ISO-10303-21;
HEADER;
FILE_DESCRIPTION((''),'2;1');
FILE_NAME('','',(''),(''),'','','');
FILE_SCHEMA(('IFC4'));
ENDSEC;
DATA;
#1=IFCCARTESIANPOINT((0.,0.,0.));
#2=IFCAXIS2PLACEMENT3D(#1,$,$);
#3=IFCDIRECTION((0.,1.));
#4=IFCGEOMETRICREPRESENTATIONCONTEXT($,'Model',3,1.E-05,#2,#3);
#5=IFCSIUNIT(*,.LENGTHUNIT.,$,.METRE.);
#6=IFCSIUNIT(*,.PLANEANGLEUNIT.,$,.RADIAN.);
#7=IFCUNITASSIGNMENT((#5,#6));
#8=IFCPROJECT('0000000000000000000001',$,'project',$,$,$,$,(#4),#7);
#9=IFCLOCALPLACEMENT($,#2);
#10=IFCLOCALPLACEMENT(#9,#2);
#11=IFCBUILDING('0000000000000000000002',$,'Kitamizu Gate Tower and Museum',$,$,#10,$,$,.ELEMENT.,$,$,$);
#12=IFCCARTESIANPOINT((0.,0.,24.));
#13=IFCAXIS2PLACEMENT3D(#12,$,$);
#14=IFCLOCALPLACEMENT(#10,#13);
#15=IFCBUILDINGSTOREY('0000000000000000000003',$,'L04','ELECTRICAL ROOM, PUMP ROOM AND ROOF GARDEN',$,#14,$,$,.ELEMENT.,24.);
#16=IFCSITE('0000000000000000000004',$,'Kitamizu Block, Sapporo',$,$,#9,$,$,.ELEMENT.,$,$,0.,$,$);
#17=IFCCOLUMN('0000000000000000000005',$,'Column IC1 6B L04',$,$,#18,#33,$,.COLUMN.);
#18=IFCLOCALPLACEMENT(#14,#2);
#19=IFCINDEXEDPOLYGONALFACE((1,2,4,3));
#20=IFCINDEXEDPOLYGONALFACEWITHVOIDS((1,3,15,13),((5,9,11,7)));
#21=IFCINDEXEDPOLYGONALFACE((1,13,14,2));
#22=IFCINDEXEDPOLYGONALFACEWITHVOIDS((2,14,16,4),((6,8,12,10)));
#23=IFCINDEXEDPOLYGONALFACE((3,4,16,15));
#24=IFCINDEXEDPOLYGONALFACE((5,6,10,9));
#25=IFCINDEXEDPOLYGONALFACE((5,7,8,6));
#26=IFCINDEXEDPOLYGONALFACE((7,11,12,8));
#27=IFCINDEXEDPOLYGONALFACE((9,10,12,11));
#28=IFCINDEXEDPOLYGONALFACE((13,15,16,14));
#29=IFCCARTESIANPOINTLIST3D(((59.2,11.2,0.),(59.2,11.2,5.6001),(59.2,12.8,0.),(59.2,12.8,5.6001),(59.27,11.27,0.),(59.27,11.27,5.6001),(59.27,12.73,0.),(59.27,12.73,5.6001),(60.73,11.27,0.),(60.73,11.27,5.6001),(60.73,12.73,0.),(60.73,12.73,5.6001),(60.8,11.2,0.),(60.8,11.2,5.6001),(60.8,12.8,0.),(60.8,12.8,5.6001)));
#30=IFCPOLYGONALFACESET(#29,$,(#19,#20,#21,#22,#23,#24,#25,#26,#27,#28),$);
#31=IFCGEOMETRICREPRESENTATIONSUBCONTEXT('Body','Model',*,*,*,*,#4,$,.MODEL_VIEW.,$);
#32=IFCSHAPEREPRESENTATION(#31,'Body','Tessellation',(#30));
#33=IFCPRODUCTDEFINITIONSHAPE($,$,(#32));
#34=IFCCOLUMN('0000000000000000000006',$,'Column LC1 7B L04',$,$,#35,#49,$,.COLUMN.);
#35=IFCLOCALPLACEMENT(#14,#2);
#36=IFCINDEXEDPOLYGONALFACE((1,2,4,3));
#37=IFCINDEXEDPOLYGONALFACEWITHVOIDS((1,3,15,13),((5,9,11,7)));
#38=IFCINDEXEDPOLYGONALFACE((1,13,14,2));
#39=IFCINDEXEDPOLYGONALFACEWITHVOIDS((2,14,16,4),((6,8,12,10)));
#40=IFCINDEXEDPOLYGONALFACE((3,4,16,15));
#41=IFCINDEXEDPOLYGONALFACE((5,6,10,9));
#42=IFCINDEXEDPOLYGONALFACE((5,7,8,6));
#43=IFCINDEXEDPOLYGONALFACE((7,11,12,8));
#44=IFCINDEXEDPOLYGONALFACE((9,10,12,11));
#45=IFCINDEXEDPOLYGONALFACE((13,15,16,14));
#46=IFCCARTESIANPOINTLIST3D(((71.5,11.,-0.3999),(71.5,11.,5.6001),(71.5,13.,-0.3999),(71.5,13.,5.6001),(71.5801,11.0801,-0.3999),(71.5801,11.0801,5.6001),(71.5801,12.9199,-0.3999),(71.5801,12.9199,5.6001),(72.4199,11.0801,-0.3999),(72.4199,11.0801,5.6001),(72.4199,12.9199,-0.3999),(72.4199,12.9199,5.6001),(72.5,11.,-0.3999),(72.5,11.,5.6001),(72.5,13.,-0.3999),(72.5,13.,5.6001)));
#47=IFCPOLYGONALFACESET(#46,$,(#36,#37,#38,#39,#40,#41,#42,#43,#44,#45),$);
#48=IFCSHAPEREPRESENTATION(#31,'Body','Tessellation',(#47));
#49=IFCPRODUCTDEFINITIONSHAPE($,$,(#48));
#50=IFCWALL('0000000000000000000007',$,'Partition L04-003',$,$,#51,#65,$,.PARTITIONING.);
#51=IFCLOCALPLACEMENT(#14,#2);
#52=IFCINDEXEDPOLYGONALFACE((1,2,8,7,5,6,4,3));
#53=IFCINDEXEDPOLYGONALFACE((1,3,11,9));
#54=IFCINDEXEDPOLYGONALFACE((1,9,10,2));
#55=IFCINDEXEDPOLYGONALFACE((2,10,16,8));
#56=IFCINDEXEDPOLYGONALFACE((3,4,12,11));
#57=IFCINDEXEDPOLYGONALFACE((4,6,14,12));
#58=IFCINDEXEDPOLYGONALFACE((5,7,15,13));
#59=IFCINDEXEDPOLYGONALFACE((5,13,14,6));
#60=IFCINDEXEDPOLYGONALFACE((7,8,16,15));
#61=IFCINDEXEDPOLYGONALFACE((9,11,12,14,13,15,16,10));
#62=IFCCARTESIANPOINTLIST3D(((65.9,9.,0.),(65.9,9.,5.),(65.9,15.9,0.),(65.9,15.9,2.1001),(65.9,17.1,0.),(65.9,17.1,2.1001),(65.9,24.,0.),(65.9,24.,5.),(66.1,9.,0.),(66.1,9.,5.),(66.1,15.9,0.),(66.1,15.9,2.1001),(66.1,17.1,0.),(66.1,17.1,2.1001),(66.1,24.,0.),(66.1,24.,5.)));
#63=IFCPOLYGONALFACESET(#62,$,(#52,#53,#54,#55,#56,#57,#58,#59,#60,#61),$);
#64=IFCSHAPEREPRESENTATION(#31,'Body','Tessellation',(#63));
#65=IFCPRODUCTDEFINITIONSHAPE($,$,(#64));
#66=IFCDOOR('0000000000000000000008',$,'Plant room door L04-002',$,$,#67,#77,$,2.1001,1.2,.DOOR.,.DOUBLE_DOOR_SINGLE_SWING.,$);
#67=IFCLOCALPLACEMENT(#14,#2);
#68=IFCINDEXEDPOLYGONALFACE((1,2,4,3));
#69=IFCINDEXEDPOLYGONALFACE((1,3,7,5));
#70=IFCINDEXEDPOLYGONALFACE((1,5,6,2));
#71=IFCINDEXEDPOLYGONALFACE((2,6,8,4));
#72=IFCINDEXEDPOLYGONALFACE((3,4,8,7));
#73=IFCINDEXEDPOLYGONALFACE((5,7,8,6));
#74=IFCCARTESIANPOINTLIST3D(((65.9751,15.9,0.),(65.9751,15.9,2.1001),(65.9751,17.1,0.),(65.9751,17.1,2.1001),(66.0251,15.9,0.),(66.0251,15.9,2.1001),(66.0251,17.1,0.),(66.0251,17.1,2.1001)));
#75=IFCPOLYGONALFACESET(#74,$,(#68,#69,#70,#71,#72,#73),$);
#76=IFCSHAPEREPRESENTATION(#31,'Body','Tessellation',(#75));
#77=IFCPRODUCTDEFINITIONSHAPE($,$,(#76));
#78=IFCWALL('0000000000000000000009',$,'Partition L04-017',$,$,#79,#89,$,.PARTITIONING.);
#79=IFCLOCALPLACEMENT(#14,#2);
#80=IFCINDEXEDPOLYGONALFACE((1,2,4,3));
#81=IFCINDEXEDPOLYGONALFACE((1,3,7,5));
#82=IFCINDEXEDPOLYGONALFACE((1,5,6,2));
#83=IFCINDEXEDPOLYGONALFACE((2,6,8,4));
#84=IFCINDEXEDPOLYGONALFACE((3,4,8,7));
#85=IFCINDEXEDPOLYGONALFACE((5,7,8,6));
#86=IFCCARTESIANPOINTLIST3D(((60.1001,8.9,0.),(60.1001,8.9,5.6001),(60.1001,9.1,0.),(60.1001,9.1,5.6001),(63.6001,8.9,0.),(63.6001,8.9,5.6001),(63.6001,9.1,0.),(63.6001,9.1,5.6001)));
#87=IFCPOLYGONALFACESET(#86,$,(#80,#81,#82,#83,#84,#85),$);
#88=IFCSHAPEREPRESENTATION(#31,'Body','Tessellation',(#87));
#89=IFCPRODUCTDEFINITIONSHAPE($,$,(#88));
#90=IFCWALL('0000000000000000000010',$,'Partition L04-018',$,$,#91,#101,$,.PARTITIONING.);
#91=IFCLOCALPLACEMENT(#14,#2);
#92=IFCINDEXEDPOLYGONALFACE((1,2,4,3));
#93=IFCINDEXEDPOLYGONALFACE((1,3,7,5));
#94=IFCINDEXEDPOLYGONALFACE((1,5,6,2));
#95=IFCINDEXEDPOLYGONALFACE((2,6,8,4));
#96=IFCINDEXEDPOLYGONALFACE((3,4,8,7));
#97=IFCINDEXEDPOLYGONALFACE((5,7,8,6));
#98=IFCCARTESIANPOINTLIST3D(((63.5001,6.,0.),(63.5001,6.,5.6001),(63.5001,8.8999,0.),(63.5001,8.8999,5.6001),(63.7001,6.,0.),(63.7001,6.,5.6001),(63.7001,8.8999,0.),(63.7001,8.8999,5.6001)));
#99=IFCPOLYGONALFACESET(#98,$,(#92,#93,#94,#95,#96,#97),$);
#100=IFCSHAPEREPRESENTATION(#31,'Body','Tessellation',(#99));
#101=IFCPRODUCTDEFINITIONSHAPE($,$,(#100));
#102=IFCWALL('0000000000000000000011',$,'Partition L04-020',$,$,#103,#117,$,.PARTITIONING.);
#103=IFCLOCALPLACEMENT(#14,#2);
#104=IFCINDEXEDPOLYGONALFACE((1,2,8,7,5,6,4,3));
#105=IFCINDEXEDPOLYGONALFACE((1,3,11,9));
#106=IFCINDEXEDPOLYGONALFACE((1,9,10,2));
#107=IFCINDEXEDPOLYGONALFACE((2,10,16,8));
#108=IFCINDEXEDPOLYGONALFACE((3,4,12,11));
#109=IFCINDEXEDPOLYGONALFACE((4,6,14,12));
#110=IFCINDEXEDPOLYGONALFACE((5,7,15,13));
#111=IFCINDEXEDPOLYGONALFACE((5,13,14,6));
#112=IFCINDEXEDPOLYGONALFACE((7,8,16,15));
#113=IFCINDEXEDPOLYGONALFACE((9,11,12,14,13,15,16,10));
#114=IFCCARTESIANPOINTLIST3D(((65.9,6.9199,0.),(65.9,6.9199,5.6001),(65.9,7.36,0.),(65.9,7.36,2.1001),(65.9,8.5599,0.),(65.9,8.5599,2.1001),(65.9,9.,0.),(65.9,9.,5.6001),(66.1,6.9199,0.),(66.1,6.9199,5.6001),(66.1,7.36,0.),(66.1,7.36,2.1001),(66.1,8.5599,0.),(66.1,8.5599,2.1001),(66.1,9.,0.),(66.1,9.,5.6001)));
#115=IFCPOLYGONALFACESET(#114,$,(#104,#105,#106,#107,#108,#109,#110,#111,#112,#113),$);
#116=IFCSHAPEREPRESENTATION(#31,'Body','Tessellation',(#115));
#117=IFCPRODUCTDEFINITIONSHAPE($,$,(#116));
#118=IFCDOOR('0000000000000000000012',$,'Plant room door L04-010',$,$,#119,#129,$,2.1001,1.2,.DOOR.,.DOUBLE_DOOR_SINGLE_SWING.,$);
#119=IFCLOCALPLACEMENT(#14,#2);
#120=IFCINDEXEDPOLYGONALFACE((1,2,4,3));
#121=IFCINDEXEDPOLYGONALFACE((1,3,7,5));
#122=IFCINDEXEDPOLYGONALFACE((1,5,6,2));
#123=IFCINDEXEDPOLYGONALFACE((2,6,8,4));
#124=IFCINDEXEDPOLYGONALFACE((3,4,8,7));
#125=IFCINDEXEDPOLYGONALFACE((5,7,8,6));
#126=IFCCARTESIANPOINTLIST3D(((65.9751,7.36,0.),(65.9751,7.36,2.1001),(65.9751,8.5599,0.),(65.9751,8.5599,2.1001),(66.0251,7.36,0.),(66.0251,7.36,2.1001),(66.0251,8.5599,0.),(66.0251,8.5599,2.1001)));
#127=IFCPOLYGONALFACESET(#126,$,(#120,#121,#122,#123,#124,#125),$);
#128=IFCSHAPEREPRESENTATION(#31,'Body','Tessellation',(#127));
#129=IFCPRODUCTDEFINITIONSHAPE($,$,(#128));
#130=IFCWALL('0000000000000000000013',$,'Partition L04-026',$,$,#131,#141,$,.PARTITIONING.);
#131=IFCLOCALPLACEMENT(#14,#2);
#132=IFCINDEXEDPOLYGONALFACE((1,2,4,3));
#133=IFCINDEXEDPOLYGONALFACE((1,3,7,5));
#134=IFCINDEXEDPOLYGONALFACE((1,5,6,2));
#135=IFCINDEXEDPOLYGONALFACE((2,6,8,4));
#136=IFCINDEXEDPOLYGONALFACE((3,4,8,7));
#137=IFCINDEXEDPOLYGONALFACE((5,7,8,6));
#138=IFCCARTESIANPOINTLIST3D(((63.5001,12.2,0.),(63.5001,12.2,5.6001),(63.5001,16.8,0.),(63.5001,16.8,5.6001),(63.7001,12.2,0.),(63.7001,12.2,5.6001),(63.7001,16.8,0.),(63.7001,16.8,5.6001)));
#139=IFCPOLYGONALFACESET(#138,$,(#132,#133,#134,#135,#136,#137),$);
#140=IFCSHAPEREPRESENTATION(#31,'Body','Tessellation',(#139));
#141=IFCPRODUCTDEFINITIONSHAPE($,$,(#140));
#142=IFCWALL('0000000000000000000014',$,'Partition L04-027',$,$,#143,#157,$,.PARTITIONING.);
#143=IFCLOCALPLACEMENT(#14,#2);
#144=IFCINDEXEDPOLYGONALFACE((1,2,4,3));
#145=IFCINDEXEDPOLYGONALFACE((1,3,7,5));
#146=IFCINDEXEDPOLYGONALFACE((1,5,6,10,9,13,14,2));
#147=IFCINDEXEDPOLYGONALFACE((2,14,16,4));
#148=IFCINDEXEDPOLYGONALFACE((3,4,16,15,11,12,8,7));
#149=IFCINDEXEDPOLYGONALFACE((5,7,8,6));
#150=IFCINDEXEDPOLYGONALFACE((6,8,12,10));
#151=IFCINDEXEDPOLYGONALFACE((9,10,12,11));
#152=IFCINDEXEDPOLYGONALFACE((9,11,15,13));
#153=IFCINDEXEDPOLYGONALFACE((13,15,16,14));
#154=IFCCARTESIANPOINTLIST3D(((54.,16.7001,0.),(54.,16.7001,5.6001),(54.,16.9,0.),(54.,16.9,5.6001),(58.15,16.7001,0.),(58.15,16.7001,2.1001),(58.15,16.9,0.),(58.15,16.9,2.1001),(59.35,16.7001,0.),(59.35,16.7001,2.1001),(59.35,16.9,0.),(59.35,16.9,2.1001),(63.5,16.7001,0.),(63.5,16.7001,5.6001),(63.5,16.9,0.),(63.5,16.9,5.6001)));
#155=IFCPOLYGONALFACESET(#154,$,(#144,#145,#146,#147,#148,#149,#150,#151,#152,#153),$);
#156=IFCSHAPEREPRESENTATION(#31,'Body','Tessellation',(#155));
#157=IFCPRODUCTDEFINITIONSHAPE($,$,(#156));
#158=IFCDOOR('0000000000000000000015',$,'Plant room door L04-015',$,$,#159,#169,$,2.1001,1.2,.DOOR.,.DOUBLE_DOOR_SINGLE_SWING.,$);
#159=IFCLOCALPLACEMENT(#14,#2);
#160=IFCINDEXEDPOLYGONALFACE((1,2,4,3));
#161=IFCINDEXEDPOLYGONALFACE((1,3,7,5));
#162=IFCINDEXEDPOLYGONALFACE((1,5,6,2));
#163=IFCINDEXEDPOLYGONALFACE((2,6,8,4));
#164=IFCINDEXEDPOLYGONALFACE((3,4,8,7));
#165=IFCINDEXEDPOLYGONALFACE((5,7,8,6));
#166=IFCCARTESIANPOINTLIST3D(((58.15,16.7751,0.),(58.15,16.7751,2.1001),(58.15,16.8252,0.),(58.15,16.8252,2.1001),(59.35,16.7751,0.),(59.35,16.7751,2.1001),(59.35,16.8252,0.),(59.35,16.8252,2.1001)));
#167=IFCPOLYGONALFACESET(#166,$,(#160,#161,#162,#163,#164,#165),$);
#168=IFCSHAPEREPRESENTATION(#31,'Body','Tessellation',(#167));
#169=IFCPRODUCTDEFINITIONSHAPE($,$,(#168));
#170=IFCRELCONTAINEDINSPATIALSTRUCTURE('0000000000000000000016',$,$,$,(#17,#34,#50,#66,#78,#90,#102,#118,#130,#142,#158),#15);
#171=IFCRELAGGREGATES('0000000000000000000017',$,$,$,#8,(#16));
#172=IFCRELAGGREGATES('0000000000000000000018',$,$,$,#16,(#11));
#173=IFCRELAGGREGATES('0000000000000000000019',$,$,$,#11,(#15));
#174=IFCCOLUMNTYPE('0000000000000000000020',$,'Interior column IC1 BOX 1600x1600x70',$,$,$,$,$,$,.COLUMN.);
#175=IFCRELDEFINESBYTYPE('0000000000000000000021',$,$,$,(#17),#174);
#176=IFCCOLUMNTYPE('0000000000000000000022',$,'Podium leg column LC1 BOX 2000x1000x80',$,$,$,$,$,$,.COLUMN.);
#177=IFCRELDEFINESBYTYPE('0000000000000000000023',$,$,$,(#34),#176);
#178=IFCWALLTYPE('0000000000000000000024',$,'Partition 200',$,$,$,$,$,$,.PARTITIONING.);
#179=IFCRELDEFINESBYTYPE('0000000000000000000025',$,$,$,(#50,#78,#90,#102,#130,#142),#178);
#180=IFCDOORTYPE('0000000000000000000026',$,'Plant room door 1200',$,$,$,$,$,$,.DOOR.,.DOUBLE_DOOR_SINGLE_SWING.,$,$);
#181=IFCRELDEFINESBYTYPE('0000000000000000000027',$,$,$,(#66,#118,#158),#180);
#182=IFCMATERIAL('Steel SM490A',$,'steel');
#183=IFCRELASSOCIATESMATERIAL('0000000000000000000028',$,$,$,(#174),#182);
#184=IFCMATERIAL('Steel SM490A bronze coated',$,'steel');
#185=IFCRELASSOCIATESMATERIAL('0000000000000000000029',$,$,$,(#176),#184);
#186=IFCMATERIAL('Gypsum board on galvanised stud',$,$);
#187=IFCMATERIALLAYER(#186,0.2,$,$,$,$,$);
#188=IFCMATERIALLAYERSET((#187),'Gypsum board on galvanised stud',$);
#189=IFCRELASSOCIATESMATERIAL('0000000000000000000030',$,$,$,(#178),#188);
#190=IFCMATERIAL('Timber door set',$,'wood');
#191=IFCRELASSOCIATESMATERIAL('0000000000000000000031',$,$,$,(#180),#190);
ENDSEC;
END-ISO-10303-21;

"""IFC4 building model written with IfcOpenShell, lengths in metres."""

from ifc_helpers import new_model, si_unit, direction, frame, frame_2d, origin, origin_2d, place, context, subcontext, project, spatial, rectangle, hollow_rectangle, extrude, material, layer, layer_set, material_profile, profile_set, type_object, element, fill, save


model = new_model("IFC4")

# Units and contexts
model_context = context("Model", 3, precision=1e-05, world=origin(), true_north=direction((0.0, 1.0)))
body_context = subcontext(model_context, "Body", "Model", "MODEL_VIEW")
ifc_project = project(units=[si_unit("LENGTHUNIT", "METRE"), si_unit("PLANEANGLEUNIT", "RADIAN")], contexts=[model_context])

# Site, building, storey
site_placement = place(None, origin())
site = spatial("IfcSite", under=ifc_project, at=site_placement, Name="Kitamizu Block, Sapporo", CompositionType="ELEMENT", RefElevation=0.0)
building_placement = place(site_placement, origin())
building = spatial("IfcBuilding", under=site, at=building_placement, Name="Kitamizu Gate Tower and Museum", CompositionType="ELEMENT")
storey_placement = place(building_placement, frame((0.0, 0.0, 24.0)))
storey = spatial("IfcBuildingStorey", under=building, at=storey_placement, Name="L04", Description="ELECTRICAL ROOM, PUMP ROOM AND ROOF GARDEN", CompositionType="ELEMENT", Elevation=24.0)

# Columns
ifc_material_1 = material(Name="Steel SM490A", Category="steel")
ifc_material_profile_1 = material_profile(ifc_material_1, hollow_rectangle(XDim=1.6001, YDim=1.6001, WallThickness=0.0701, at=origin_2d()), Name="BOX 1600x1600x70")
ifc_profile_set_1 = profile_set([ifc_material_profile_1], Name="Steel SM490A")
column_type_1 = type_object("IfcColumnType", Name="Interior column IC1 BOX 1600x1600x70", PredefinedType="COLUMN", material=ifc_profile_set_1)
column_1_placement = place(storey_placement, frame((60.0, 12.0, 0.0), z_axis=(0.0, 0.0, 1.0), x_axis=(1.0, 0.0, 0.0)))
element("IfcColumn", 1, at=column_1_placement, inside=storey, type_object=column_type_1, Name="Column IC1 6B L04", PredefinedType="COLUMN", context=body_context, shape_type="SweptSolid", body=[
    extrude(hollow_rectangle(XDim=1.6001, YDim=1.6001, WallThickness=0.0701, at=origin_2d()), origin(), (0.0, 0.0, 1.0), 5.6001),
])
ifc_material_2 = material(Name="Steel SM490A bronze coated", Category="steel")
ifc_material_profile_2 = material_profile(ifc_material_2, hollow_rectangle(XDim=2.0, YDim=1.0, WallThickness=0.0801, at=origin_2d()), Name="BOX 2000x1000x80")
ifc_profile_set_2 = profile_set([ifc_material_profile_2], Name="Steel SM490A bronze coated")
column_type_2 = type_object("IfcColumnType", Name="Podium leg column LC1 BOX 2000x1000x80", PredefinedType="COLUMN", material=ifc_profile_set_2)
column_2_placement = place(storey_placement, frame((72.0, 12.0, -0.3999), z_axis=(0.0, 0.0, 1.0), x_axis=(0.0, 1.0, 0.0)))
element("IfcColumn", 2, at=column_2_placement, inside=storey, type_object=column_type_2, Name="Column LC1 7B L04", PredefinedType="COLUMN", context=body_context, shape_type="SweptSolid", body=[
    extrude(hollow_rectangle(XDim=2.0, YDim=1.0, WallThickness=0.0801, at=origin_2d()), origin(), (0.0, 0.0, 1.0), 6.0),
])

# Wall, opening, door
ifc_material_3 = material(Name="Gypsum board on galvanised stud")
ifc_layer = layer(ifc_material_3, 0.2)
ifc_layer_set = layer_set([ifc_layer], Name="Gypsum board on galvanised stud")
wall_type = type_object("IfcWallType", Name="Partition 200", PredefinedType="PARTITIONING", material=ifc_layer_set)
wall_1_placement = place(storey_placement, frame((66.0, 9.0, 0.0), z_axis=(0.0, 0.0, 1.0), x_axis=(0.0, 1.0, 0.0)))
wall_1 = element("IfcWall", 3, at=wall_1_placement, inside=storey, type_object=wall_type, Name="Partition L04-003", PredefinedType="PARTITIONING", context=body_context, shape_type="SweptSolid", body=[
    extrude(rectangle(XDim=15.0, YDim=0.2, at=frame_2d((7.5, 0.0))), origin(), (0.0, 0.0, 1.0), 5.0),
])
opening_1_placement = place(wall_1_placement, frame((6.8999, 0.0, 0.0)))
opening_1 = element("IfcOpeningElement", 4, at=opening_1_placement, cuts=wall_1, PredefinedType="OPENING", context=body_context, shape_type="SweptSolid", body=[
    extrude(rectangle(XDim=1.2, YDim=2.1001, at=frame_2d((0.6001, 1.05))), frame((0.0, 0.1099, 0.0), z_axis=(0.0, -1.0, 0.0), x_axis=(1.0, 0.0, 0.0)), (0.0, 0.0, 1.0), 0.22),
])
ifc_material_4 = material(Name="Timber door set", Category="wood")
door_type = type_object("IfcDoorType", Name="Plant room door 1200", OperationType="DOUBLE_DOOR_SINGLE_SWING", PredefinedType="DOOR", material=ifc_material_4)
door_1_placement = place(opening_1_placement, origin())
door_1 = element("IfcDoor", 5, at=door_1_placement, inside=storey, type_object=door_type, Name="Plant room door L04-002", OperationType="DOUBLE_DOOR_SINGLE_SWING", OverallHeight=2.1001, OverallWidth=1.2, PredefinedType="DOOR", context=body_context, shape_type="SweptSolid", body=[
    extrude(rectangle(XDim=1.2, YDim=2.1001, at=frame_2d((0.6001, 1.05))), frame((0.0, 0.0249, 0.0), z_axis=(0.0, -1.0, 0.0), x_axis=(1.0, 0.0, 0.0)), (0.0, 0.0, 1.0), 0.05),
])
fill(opening_1, door_1)

# Walls
wall_2_placement = place(storey_placement, frame((60.1001, 9.0, 0.0), z_axis=(0.0, 0.0, 1.0), x_axis=(1.0, 0.0, 0.0)))
element("IfcWall", 6, at=wall_2_placement, inside=storey, type_object=wall_type, Name="Partition L04-017", PredefinedType="PARTITIONING", context=body_context, shape_type="SweptSolid", body=[
    extrude(rectangle(XDim=3.5, YDim=0.2, at=frame_2d((1.75, 0.0))), origin(), (0.0, 0.0, 1.0), 5.6001),
])
wall_3_placement = place(storey_placement, frame((63.6001, 8.8999, 0.0), z_axis=(0.0, 0.0, 1.0), x_axis=(0.0, -1.0, 0.0)))
element("IfcWall", 7, at=wall_3_placement, inside=storey, type_object=wall_type, Name="Partition L04-018", PredefinedType="PARTITIONING", context=body_context, shape_type="SweptSolid", body=[
    extrude(rectangle(XDim=2.8999, YDim=0.2, at=frame_2d((1.45, 0.0))), origin(), (0.0, 0.0, 1.0), 5.6001),
])

# Wall, opening, door
wall_4_placement = place(storey_placement, frame((66.0, 6.9199, 0.0), z_axis=(0.0, 0.0, 1.0), x_axis=(0.0, 1.0, 0.0)))
wall_4 = element("IfcWall", 8, at=wall_4_placement, inside=storey, type_object=wall_type, Name="Partition L04-020", PredefinedType="PARTITIONING", context=body_context, shape_type="SweptSolid", body=[
    extrude(rectangle(XDim=2.0801, YDim=0.2, at=frame_2d((1.04, 0.0))), origin(), (0.0, 0.0, 1.0), 5.6001),
])
opening_2_placement = place(wall_4_placement, frame((0.4399, 0.0, 0.0)))
opening_2 = element("IfcOpeningElement", 9, at=opening_2_placement, cuts=wall_4, PredefinedType="OPENING", context=body_context, shape_type="SweptSolid", body=[
    extrude(rectangle(XDim=1.2, YDim=2.1001, at=frame_2d((0.6001, 1.05))), frame((0.0, 0.1099, 0.0), z_axis=(0.0, -1.0, 0.0), x_axis=(1.0, 0.0, 0.0)), (0.0, 0.0, 1.0), 0.22),
])
door_2_placement = place(opening_2_placement, origin())
door_2 = element("IfcDoor", 10, at=door_2_placement, inside=storey, type_object=door_type, Name="Plant room door L04-010", OperationType="DOUBLE_DOOR_SINGLE_SWING", OverallHeight=2.1001, OverallWidth=1.2, PredefinedType="DOOR", context=body_context, shape_type="SweptSolid", body=[
    extrude(rectangle(XDim=1.2, YDim=2.1001, at=frame_2d((0.6001, 1.05))), frame((0.0, 0.0249, 0.0), z_axis=(0.0, -1.0, 0.0), x_axis=(1.0, 0.0, 0.0)), (0.0, 0.0, 1.0), 0.05),
])
fill(opening_2, door_2)

# Wall
wall_5_placement = place(storey_placement, frame((63.6001, 12.2, 0.0), z_axis=(0.0, 0.0, 1.0), x_axis=(0.0, 1.0, 0.0)))
element("IfcWall", 11, at=wall_5_placement, inside=storey, type_object=wall_type, Name="Partition L04-026", PredefinedType="PARTITIONING", context=body_context, shape_type="SweptSolid", body=[
    extrude(rectangle(XDim=4.6001, YDim=0.2, at=frame_2d((2.3, 0.0))), origin(), (0.0, 0.0, 1.0), 5.6001),
])

# Wall, opening, door
wall_6_placement = place(storey_placement, frame((63.5, 16.8, 0.0), z_axis=(0.0, 0.0, 1.0), x_axis=(-1.0, 0.0, 0.0)))
wall_6 = element("IfcWall", 12, at=wall_6_placement, inside=storey, type_object=wall_type, Name="Partition L04-027", PredefinedType="PARTITIONING", context=body_context, shape_type="SweptSolid", body=[
    extrude(rectangle(XDim=9.5, YDim=0.2, at=frame_2d((4.75, 0.0))), origin(), (0.0, 0.0, 1.0), 5.6001),
])
opening_3_placement = place(wall_6_placement, frame((4.1499, 0.0, 0.0)))
opening_3 = element("IfcOpeningElement", 13, at=opening_3_placement, cuts=wall_6, PredefinedType="OPENING", context=body_context, shape_type="SweptSolid", body=[
    extrude(rectangle(XDim=1.2, YDim=2.1001, at=frame_2d((0.6001, 1.05))), frame((0.0, 0.1099, 0.0), z_axis=(0.0, -1.0, 0.0), x_axis=(1.0, 0.0, 0.0)), (0.0, 0.0, 1.0), 0.22),
])
door_3_placement = place(opening_3_placement, origin())
door_3 = element("IfcDoor", 14, at=door_3_placement, inside=storey, type_object=door_type, Name="Plant room door L04-015", OperationType="DOUBLE_DOOR_SINGLE_SWING", OverallHeight=2.1001, OverallWidth=1.2, PredefinedType="DOOR", context=body_context, shape_type="SweptSolid", body=[
    extrude(rectangle(XDim=1.2, YDim=2.1001, at=frame_2d((0.6001, 1.05))), frame((0.0, 0.0249, 0.0), z_axis=(0.0, -1.0, 0.0), x_axis=(1.0, 0.0, 0.0)), (0.0, 0.0, 1.0), 0.05),
])
fill(opening_3, door_3)

save(model, "model.ifc")
